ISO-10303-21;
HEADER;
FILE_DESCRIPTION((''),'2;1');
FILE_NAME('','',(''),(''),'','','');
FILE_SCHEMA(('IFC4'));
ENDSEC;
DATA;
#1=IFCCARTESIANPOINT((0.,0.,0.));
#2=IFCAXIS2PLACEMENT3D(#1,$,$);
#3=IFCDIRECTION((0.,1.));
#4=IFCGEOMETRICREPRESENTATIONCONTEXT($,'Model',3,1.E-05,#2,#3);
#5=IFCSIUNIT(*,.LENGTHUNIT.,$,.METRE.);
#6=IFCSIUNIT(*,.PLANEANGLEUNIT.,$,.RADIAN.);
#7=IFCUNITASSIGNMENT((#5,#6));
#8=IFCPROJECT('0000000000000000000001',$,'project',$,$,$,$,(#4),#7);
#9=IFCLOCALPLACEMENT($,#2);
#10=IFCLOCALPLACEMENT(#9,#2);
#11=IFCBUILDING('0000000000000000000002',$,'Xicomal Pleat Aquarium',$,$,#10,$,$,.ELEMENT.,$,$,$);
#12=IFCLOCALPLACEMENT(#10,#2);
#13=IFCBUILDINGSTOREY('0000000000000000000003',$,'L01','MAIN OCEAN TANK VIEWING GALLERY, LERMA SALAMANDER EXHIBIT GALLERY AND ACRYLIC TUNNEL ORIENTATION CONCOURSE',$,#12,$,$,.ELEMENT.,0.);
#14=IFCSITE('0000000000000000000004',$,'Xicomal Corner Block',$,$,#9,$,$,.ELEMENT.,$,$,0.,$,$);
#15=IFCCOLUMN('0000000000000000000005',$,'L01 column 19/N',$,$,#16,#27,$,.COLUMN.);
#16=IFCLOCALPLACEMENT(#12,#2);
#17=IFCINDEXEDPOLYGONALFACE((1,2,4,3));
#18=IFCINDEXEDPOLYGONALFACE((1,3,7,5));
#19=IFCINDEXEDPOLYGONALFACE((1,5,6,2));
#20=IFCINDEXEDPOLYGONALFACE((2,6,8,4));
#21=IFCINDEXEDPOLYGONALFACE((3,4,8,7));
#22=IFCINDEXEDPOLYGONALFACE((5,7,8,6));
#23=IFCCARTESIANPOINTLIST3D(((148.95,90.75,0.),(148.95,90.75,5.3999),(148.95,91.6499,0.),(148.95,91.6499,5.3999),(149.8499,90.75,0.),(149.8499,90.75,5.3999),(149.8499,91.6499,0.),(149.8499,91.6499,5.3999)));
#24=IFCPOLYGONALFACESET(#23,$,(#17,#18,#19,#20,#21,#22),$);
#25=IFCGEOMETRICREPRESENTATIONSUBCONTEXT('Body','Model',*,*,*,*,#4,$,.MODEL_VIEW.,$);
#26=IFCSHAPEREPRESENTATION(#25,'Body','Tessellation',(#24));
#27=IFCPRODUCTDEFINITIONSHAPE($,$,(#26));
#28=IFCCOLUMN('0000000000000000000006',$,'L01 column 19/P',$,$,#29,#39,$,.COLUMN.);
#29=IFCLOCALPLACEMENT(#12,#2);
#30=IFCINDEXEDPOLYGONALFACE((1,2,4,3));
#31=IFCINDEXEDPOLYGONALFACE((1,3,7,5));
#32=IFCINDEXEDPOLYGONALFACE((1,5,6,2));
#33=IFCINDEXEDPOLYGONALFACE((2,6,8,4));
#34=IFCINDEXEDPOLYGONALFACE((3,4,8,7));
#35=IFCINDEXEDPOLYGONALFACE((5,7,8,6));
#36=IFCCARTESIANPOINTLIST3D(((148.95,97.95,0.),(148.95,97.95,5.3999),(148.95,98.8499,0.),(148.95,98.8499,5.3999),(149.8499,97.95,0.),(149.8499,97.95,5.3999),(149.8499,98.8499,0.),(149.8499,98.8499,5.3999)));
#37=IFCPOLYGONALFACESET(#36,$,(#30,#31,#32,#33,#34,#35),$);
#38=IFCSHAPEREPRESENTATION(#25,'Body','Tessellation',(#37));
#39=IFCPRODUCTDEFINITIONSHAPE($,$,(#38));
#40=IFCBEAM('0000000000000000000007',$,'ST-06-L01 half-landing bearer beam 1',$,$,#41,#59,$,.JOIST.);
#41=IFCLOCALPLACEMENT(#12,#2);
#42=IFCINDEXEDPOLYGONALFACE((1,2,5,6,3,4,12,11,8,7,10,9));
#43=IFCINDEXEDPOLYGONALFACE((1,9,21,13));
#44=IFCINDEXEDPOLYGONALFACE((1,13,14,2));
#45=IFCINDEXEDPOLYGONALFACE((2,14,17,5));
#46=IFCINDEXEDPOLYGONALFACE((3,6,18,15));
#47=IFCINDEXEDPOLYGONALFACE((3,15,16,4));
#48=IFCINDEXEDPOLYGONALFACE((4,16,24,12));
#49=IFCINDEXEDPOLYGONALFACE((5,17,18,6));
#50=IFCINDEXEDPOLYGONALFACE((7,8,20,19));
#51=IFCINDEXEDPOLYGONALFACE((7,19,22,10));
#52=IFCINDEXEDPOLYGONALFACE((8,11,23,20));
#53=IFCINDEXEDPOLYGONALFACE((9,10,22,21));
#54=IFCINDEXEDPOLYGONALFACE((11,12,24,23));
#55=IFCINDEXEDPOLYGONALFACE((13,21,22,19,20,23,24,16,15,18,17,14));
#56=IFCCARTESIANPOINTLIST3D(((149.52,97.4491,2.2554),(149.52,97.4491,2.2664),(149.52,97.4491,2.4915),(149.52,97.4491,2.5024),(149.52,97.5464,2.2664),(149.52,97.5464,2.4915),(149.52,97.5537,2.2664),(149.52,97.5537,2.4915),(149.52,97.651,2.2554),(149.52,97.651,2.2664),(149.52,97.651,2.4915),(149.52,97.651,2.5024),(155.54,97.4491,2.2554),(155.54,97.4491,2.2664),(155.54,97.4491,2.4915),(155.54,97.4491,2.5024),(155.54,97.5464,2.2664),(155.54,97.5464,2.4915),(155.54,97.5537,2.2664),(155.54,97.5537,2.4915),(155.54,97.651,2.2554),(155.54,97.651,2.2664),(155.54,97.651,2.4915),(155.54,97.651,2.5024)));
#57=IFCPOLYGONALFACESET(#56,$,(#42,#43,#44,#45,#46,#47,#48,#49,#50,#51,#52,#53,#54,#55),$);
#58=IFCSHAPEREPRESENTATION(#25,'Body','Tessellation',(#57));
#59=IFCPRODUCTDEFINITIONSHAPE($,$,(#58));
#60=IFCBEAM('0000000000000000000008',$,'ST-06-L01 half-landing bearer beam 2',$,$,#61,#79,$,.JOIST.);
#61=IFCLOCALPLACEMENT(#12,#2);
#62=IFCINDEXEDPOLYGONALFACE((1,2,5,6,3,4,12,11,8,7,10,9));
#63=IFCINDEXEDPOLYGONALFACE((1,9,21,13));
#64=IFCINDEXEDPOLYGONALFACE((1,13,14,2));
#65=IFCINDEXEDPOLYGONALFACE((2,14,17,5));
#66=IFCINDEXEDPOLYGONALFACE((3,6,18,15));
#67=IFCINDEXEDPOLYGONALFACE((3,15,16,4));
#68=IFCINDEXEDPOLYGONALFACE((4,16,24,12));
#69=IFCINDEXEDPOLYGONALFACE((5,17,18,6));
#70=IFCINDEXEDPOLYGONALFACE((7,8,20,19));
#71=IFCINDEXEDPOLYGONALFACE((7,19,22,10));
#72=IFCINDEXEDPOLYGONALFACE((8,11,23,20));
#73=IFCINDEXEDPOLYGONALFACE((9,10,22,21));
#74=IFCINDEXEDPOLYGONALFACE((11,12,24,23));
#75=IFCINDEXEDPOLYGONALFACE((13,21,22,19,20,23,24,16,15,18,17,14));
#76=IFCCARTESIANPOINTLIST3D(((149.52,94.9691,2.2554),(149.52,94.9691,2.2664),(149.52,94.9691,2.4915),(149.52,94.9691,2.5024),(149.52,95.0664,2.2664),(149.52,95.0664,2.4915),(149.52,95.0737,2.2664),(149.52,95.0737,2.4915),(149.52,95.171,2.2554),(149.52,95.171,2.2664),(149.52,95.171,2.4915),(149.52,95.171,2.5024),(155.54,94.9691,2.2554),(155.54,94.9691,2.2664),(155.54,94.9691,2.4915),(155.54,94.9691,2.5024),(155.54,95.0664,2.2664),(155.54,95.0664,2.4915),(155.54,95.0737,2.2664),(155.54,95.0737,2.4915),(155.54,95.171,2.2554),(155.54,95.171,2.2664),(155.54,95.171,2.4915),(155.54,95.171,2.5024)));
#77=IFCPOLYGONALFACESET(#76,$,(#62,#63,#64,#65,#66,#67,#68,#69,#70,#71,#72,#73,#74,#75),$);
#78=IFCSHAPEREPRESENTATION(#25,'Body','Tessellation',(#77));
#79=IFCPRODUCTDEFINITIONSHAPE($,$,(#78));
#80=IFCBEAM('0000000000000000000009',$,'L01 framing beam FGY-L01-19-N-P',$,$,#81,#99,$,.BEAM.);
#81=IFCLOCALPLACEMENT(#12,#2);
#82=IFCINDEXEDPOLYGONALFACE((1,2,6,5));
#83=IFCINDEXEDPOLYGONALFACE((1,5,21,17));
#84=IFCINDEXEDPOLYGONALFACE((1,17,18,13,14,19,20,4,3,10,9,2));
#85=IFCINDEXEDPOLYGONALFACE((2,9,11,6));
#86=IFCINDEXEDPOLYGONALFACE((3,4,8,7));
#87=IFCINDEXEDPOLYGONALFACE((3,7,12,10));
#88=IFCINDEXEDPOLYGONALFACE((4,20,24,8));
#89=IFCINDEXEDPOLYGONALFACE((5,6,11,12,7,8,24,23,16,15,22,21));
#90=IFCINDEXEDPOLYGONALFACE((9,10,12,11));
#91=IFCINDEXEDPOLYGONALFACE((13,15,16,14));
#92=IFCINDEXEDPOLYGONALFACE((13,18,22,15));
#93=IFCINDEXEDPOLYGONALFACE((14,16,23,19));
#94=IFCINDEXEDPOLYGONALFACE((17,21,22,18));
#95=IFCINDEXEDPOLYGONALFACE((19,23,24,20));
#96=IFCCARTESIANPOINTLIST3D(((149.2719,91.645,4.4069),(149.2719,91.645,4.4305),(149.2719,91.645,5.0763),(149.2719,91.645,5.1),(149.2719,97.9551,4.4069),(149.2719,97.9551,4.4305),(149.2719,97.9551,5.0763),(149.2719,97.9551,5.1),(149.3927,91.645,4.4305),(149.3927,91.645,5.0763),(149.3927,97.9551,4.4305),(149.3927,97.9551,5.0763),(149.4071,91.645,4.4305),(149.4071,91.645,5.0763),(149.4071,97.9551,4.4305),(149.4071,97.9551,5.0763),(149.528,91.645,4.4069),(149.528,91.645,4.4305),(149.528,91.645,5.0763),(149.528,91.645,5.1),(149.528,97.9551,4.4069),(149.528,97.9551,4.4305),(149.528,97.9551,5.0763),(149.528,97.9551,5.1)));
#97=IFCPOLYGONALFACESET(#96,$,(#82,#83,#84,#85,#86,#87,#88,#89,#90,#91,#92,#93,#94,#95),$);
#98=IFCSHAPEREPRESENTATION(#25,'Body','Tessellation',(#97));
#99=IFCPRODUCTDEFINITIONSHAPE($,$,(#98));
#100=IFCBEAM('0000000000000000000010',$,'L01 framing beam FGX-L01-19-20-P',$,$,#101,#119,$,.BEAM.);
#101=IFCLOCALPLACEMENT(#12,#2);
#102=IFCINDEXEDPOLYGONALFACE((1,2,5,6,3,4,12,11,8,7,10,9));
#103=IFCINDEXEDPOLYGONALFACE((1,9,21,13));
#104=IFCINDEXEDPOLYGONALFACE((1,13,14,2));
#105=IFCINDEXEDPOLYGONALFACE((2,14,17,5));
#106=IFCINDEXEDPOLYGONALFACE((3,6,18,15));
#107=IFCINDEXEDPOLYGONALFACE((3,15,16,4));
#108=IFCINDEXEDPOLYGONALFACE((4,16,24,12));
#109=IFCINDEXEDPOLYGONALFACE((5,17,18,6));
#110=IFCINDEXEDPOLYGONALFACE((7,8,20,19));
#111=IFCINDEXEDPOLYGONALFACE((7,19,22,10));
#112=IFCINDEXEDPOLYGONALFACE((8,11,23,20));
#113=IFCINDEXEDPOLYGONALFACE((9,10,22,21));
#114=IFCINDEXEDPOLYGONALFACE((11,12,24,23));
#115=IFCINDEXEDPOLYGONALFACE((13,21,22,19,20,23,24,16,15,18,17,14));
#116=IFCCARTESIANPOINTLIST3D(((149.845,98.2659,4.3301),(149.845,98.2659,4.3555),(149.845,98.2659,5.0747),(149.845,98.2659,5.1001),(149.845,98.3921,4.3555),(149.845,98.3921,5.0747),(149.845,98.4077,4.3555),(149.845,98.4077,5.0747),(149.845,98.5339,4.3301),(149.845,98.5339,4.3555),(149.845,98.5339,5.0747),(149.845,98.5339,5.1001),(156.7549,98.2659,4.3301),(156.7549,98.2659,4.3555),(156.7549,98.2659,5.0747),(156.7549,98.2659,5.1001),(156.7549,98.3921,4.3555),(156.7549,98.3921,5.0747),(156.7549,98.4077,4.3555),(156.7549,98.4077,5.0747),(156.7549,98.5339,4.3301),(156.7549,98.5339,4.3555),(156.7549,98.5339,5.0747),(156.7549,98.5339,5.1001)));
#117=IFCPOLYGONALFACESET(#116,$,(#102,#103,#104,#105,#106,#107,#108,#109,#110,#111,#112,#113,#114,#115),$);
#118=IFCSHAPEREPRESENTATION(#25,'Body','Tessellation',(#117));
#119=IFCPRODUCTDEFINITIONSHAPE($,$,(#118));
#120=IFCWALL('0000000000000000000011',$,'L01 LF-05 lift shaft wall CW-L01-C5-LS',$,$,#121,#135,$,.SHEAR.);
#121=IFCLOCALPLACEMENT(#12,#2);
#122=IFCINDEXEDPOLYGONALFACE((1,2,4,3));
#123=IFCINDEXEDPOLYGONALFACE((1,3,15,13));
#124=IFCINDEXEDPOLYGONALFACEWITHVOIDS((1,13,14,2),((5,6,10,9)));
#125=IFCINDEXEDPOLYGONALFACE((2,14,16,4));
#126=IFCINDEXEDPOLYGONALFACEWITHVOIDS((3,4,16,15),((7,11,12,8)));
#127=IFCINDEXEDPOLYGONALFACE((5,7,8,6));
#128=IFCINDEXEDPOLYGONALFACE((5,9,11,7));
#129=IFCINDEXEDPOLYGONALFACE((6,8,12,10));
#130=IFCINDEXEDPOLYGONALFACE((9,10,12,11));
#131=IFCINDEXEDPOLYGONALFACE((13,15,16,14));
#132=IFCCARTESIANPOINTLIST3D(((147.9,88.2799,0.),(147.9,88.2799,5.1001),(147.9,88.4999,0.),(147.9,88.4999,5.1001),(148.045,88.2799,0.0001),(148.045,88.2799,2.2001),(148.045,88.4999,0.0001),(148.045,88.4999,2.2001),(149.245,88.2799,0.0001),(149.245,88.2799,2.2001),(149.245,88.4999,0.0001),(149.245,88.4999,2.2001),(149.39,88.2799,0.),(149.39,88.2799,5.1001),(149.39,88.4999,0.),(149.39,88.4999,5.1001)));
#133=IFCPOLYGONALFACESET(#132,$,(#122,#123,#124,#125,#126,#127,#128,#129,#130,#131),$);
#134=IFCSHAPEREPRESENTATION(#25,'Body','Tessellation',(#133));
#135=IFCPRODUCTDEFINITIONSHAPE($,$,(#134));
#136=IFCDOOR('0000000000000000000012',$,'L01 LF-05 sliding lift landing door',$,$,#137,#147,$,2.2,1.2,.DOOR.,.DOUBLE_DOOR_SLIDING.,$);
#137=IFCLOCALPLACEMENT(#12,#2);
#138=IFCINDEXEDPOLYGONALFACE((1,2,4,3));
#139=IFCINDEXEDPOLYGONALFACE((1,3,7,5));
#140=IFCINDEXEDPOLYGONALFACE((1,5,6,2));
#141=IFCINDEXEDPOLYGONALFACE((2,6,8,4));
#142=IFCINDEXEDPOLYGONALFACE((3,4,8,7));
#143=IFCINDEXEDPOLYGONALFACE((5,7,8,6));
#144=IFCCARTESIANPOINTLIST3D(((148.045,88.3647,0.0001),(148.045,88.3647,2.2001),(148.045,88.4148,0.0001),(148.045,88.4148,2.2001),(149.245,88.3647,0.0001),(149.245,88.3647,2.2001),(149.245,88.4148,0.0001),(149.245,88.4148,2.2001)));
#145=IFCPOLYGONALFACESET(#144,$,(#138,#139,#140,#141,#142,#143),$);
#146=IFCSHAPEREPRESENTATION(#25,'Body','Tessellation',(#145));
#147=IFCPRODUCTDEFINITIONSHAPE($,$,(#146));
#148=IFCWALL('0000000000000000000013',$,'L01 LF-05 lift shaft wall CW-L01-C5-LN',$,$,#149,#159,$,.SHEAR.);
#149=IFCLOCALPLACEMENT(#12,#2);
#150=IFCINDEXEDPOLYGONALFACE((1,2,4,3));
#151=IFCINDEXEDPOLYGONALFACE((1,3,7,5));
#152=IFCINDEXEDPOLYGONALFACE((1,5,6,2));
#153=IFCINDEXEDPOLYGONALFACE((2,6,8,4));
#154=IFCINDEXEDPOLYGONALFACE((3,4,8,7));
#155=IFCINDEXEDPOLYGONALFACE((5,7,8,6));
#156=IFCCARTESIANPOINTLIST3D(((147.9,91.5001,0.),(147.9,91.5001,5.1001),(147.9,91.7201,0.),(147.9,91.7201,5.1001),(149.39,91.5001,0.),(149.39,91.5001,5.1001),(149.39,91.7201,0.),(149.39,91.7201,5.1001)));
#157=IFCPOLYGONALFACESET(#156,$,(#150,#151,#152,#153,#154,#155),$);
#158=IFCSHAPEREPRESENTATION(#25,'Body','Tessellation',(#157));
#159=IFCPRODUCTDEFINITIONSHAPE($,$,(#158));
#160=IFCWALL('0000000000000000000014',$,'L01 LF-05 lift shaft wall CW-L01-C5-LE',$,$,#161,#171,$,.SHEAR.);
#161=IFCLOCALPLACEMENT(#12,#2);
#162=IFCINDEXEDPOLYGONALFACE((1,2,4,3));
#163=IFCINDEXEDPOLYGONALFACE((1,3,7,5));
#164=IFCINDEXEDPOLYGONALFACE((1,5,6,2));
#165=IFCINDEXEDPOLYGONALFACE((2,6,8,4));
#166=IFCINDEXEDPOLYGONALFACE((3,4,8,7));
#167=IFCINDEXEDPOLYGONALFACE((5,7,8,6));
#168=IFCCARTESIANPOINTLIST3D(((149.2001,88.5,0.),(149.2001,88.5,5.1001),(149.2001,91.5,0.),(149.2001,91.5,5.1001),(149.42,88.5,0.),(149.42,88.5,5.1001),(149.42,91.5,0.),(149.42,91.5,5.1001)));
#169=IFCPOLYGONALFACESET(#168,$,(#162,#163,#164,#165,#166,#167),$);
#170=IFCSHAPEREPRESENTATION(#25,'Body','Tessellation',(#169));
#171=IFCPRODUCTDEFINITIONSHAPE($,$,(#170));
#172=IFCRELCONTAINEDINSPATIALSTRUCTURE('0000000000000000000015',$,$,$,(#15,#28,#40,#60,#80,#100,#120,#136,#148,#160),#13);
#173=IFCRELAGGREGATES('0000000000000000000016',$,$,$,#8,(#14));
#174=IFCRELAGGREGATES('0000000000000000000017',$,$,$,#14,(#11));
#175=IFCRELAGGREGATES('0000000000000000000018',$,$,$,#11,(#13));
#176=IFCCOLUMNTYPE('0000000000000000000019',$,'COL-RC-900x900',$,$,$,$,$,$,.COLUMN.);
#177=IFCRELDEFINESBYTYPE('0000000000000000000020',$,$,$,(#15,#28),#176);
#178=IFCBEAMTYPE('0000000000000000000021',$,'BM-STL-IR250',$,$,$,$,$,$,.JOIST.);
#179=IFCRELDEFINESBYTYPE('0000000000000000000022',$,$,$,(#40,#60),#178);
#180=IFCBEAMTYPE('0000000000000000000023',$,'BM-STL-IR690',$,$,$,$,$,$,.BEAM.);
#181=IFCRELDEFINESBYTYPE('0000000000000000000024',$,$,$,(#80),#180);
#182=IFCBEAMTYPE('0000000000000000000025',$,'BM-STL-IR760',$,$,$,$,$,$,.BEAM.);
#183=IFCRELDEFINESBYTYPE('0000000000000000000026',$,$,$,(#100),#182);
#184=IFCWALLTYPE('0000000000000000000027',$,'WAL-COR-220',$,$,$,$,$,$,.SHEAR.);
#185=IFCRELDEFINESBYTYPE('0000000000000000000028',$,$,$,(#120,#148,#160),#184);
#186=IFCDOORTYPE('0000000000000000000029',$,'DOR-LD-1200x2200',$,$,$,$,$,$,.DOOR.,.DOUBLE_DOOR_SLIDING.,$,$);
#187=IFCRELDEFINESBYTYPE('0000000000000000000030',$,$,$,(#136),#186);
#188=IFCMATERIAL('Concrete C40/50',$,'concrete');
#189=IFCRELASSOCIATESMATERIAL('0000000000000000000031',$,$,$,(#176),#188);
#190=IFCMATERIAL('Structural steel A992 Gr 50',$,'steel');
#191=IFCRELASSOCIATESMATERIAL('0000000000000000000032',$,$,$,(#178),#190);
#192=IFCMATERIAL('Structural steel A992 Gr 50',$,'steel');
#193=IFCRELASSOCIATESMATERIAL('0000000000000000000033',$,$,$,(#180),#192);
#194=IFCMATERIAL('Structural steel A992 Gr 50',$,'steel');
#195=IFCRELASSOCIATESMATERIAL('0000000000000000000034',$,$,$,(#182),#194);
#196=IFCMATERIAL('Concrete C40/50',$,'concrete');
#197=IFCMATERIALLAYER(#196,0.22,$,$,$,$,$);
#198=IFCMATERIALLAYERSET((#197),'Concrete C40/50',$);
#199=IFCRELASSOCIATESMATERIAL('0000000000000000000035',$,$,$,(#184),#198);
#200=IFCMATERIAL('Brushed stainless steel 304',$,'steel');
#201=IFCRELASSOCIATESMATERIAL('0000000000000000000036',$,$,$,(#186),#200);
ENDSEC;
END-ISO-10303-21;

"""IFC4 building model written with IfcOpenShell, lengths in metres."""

from ifc_helpers import new_model, si_unit, direction, frame, frame_2d, origin, origin_2d, place, context, subcontext, project, spatial, rectangle, i_section, extrude, material, layer, layer_set, material_profile, profile_set, type_object, element, fill, save


model = new_model("IFC4")

# Units and contexts
model_context = context("Model", 3, precision=1e-05, world=origin(), true_north=direction((0.0, 1.0)))
body_context = subcontext(model_context, "Body", "Model", "MODEL_VIEW")
ifc_project = project(units=[si_unit("LENGTHUNIT", "METRE"), si_unit("PLANEANGLEUNIT", "RADIAN")], contexts=[model_context])

# Site, building, storey
site_placement = place(None, origin())
site = spatial("IfcSite", under=ifc_project, at=site_placement, Name="Xicomal Corner Block", CompositionType="ELEMENT", RefElevation=0.0)
building_placement = place(site_placement, origin())
building = spatial("IfcBuilding", under=site, at=building_placement, Name="Xicomal Pleat Aquarium", CompositionType="ELEMENT")
storey_placement = place(building_placement, origin())
storey = spatial("IfcBuildingStorey", under=building, at=storey_placement, Name="L01", Description="MAIN OCEAN TANK VIEWING GALLERY, LERMA SALAMANDER EXHIBIT GALLERY AND ACRYLIC TUNNEL ORIENTATION CONCOURSE", CompositionType="ELEMENT", Elevation=0.0)

# Columns
ifc_material_1 = material(Name="Concrete C40/50", Category="concrete")
ifc_material_profile_1 = material_profile(ifc_material_1, rectangle(XDim=0.8999, YDim=0.8999, at=origin_2d()), Name="RC 900x900")
ifc_profile_set_1 = profile_set([ifc_material_profile_1], Name="Concrete C40/50")
column_type = type_object("IfcColumnType", Name="COL-RC-900x900", PredefinedType="COLUMN", material=ifc_profile_set_1)
for number, where, z_axis, x_axis, name in (
    (1, (149.3999, 91.2, 0.0), (0.0, 0.0, 1.0), (1.0, 0.0, 0.0), "L01 column 19/N"),
    (2, (149.3999, 98.3999, 0.0), (0.0, 0.0, 1.0), (1.0, 0.0, 0.0), "L01 column 19/P"),
):
    element("IfcColumn", number, at=place(storey_placement, frame(where, z_axis=z_axis, x_axis=x_axis)), inside=storey, type_object=column_type, Name=name, PredefinedType="COLUMN", context=body_context, shape_type="SweptSolid", body=[
        extrude(rectangle(XDim=0.8999, YDim=0.8999, at=origin_2d()), origin(), (0.0, 0.0, 1.0), 5.3999),
    ])

# Beams
ifc_material_2 = material(Name="Structural steel A992 Gr 50", Category="steel")
ifc_material_profile_2 = material_profile(ifc_material_2, i_section(OverallWidth=0.2019, OverallDepth=0.2471, WebThickness=0.0073, FlangeThickness=0.011, at=origin_2d()), Name="IR 250x49")
ifc_profile_set_2 = profile_set([ifc_material_profile_2], Name="Structural steel A992 Gr 50")
beam_type_1 = type_object("IfcBeamType", Name="BM-STL-IR250", PredefinedType="JOIST", material=ifc_profile_set_2)
for number, where, z_axis, x_axis, name in (
    (3, (149.52, 97.55, 2.3789), (1.0, 0.0, 0.0), (0.0, 1.0, 0.0), "ST-06-L01 half-landing bearer beam 1"),
    (4, (149.52, 95.0701, 2.3789), (1.0, 0.0, 0.0), (0.0, 1.0, 0.0), "ST-06-L01 half-landing bearer beam 2"),
):
    element("IfcBeam", number, at=place(storey_placement, frame(where, z_axis=z_axis, x_axis=x_axis)), inside=storey, type_object=beam_type_1, Name=name, PredefinedType="JOIST", context=body_context, shape_type="SweptSolid", body=[
        extrude(i_section(OverallWidth=0.2019, OverallDepth=0.2471, WebThickness=0.0073, FlangeThickness=0.011, at=origin_2d()), origin(), (0.0, 0.0, 1.0), 6.02),
    ])
ifc_material_3 = material(Name="Structural steel A992 Gr 50", Category="steel")
ifc_material_profile_3 = material_profile(ifc_material_3, i_section(OverallWidth=0.2561, OverallDepth=0.6931, WebThickness=0.0144, FlangeThickness=0.0237, at=origin_2d()), Name="IR 690x170")
ifc_profile_set_3 = profile_set([ifc_material_profile_3], Name="Structural steel A992 Gr 50")
beam_type_2 = type_object("IfcBeamType", Name="BM-STL-IR690", PredefinedType="BEAM", material=ifc_profile_set_3)
beam_1_placement = place(storey_placement, frame((149.3999, 91.645, 4.7534), z_axis=(0.0, 1.0, 0.0), x_axis=(-1.0, 0.0, 0.0)))
element("IfcBeam", 5, at=beam_1_placement, inside=storey, type_object=beam_type_2, Name="L01 framing beam FGY-L01-19-N-P", PredefinedType="BEAM", context=body_context, shape_type="SweptSolid", body=[
    extrude(i_section(OverallWidth=0.2561, OverallDepth=0.6931, WebThickness=0.0144, FlangeThickness=0.0237, at=origin_2d()), origin(), (0.0, 0.0, 1.0), 6.3101),
])
ifc_material_4 = material(Name="Structural steel A992 Gr 50", Category="steel")
ifc_material_profile_4 = material_profile(ifc_material_4, i_section(OverallWidth=0.2681, OverallDepth=0.77, WebThickness=0.0156, FlangeThickness=0.0254, at=origin_2d()), Name="IR 760x196")
ifc_profile_set_4 = profile_set([ifc_material_profile_4], Name="Structural steel A992 Gr 50")
beam_type_3 = type_object("IfcBeamType", Name="BM-STL-IR760", PredefinedType="BEAM", material=ifc_profile_set_4)
beam_2_placement = place(storey_placement, frame((149.845, 98.3999, 4.7151), z_axis=(1.0, 0.0, 0.0), x_axis=(0.0, 1.0, 0.0)))
element("IfcBeam", 6, at=beam_2_placement, inside=storey, type_object=beam_type_3, Name="L01 framing beam FGX-L01-19-20-P", PredefinedType="BEAM", context=body_context, shape_type="SweptSolid", body=[
    extrude(i_section(OverallWidth=0.2681, OverallDepth=0.77, WebThickness=0.0156, FlangeThickness=0.0254, at=origin_2d()), origin(), (0.0, 0.0, 1.0), 6.9099),
])

# Wall, opening, door
ifc_material_5 = material(Name="Concrete C40/50", Category="concrete")
ifc_layer_1 = layer(ifc_material_5, 0.22)
ifc_layer_set_1 = layer_set([ifc_layer_1], Name="Concrete C40/50")
wall_type_1 = type_object("IfcWallType", Name="WAL-COR-220", PredefinedType="SHEAR", material=ifc_layer_set_1)
wall_1_placement = place(storey_placement, frame((147.8999, 88.3899, 0.0), z_axis=(0.0, 0.0, 1.0), x_axis=(1.0, 0.0, 0.0)))
wall_1 = element("IfcWall", 7, at=wall_1_placement, inside=storey, type_object=wall_type_1, Name="L01 LF-05 lift shaft wall CW-L01-C5-LS", PredefinedType="SHEAR", context=body_context, shape_type="SweptSolid", body=[
    extrude(rectangle(XDim=1.49, YDim=0.22, at=frame_2d((0.7451, 0.0))), origin(), (0.0, 0.0, 1.0), 5.1001),
])
opening_1_placement = place(wall_1_placement, frame((0.145, 0.0, 0.0)))
opening_1 = element("IfcOpeningElement", 8, at=opening_1_placement, cuts=wall_1, PredefinedType="OPENING", context=body_context, shape_type="SweptSolid", body=[
    extrude(rectangle(XDim=1.2, YDim=2.2, at=frame_2d((0.6001, 1.1001))), frame((0.0, 0.1199, 0.0), z_axis=(0.0, -1.0, 0.0), x_axis=(1.0, 0.0, 0.0)), (0.0, 0.0, 1.0), 0.24),
])
ifc_material_6 = material(Name="Brushed stainless steel 304", Category="steel")
door_type_1 = type_object("IfcDoorType", Name="DOR-LD-1200x2200", OperationType="DOUBLE_DOOR_SLIDING", PredefinedType="DOOR", material=ifc_material_6)
door_1_placement = place(opening_1_placement, origin())
door_1 = element("IfcDoor", 9, at=door_1_placement, inside=storey, type_object=door_type_1, Name="L01 LF-05 sliding lift landing door", OperationType="DOUBLE_DOOR_SLIDING", OverallHeight=2.2, OverallWidth=1.2, PredefinedType="DOOR", context=body_context, shape_type="SweptSolid", body=[
    extrude(rectangle(XDim=1.2, YDim=2.2, at=frame_2d((0.6001, 1.1001))), frame((0.0, 0.0249, 0.0), z_axis=(0.0, -1.0, 0.0), x_axis=(1.0, 0.0, 0.0)), (0.0, 0.0, 1.0), 0.05),
])
fill(opening_1, door_1)

# Walls
wall_2_placement = place(storey_placement, frame((147.8999, 91.6101, 0.0), z_axis=(0.0, 0.0, 1.0), x_axis=(1.0, 0.0, 0.0)))
element("IfcWall", 10, at=wall_2_placement, inside=storey, type_object=wall_type_1, Name="L01 LF-05 lift shaft wall CW-L01-C5-LN", PredefinedType="SHEAR", context=body_context, shape_type="SweptSolid", body=[
    extrude(rectangle(XDim=1.49, YDim=0.22, at=frame_2d((0.7451, 0.0))), origin(), (0.0, 0.0, 1.0), 5.1001),
])
wall_3_placement = place(storey_placement, frame((149.3101, 88.5, 0.0), z_axis=(0.0, 0.0, 1.0), x_axis=(0.0, 1.0, 0.0)))
element("IfcWall", 11, at=wall_3_placement, inside=storey, type_object=wall_type_1, Name="L01 LF-05 lift shaft wall CW-L01-C5-LE", PredefinedType="SHEAR", context=body_context, shape_type="SweptSolid", body=[
    extrude(rectangle(XDim=3.0, YDim=0.22, at=frame_2d((1.5, 0.0))), origin(), (0.0, 0.0, 1.0), 5.1001),
])

save(model, "model.ifc")
